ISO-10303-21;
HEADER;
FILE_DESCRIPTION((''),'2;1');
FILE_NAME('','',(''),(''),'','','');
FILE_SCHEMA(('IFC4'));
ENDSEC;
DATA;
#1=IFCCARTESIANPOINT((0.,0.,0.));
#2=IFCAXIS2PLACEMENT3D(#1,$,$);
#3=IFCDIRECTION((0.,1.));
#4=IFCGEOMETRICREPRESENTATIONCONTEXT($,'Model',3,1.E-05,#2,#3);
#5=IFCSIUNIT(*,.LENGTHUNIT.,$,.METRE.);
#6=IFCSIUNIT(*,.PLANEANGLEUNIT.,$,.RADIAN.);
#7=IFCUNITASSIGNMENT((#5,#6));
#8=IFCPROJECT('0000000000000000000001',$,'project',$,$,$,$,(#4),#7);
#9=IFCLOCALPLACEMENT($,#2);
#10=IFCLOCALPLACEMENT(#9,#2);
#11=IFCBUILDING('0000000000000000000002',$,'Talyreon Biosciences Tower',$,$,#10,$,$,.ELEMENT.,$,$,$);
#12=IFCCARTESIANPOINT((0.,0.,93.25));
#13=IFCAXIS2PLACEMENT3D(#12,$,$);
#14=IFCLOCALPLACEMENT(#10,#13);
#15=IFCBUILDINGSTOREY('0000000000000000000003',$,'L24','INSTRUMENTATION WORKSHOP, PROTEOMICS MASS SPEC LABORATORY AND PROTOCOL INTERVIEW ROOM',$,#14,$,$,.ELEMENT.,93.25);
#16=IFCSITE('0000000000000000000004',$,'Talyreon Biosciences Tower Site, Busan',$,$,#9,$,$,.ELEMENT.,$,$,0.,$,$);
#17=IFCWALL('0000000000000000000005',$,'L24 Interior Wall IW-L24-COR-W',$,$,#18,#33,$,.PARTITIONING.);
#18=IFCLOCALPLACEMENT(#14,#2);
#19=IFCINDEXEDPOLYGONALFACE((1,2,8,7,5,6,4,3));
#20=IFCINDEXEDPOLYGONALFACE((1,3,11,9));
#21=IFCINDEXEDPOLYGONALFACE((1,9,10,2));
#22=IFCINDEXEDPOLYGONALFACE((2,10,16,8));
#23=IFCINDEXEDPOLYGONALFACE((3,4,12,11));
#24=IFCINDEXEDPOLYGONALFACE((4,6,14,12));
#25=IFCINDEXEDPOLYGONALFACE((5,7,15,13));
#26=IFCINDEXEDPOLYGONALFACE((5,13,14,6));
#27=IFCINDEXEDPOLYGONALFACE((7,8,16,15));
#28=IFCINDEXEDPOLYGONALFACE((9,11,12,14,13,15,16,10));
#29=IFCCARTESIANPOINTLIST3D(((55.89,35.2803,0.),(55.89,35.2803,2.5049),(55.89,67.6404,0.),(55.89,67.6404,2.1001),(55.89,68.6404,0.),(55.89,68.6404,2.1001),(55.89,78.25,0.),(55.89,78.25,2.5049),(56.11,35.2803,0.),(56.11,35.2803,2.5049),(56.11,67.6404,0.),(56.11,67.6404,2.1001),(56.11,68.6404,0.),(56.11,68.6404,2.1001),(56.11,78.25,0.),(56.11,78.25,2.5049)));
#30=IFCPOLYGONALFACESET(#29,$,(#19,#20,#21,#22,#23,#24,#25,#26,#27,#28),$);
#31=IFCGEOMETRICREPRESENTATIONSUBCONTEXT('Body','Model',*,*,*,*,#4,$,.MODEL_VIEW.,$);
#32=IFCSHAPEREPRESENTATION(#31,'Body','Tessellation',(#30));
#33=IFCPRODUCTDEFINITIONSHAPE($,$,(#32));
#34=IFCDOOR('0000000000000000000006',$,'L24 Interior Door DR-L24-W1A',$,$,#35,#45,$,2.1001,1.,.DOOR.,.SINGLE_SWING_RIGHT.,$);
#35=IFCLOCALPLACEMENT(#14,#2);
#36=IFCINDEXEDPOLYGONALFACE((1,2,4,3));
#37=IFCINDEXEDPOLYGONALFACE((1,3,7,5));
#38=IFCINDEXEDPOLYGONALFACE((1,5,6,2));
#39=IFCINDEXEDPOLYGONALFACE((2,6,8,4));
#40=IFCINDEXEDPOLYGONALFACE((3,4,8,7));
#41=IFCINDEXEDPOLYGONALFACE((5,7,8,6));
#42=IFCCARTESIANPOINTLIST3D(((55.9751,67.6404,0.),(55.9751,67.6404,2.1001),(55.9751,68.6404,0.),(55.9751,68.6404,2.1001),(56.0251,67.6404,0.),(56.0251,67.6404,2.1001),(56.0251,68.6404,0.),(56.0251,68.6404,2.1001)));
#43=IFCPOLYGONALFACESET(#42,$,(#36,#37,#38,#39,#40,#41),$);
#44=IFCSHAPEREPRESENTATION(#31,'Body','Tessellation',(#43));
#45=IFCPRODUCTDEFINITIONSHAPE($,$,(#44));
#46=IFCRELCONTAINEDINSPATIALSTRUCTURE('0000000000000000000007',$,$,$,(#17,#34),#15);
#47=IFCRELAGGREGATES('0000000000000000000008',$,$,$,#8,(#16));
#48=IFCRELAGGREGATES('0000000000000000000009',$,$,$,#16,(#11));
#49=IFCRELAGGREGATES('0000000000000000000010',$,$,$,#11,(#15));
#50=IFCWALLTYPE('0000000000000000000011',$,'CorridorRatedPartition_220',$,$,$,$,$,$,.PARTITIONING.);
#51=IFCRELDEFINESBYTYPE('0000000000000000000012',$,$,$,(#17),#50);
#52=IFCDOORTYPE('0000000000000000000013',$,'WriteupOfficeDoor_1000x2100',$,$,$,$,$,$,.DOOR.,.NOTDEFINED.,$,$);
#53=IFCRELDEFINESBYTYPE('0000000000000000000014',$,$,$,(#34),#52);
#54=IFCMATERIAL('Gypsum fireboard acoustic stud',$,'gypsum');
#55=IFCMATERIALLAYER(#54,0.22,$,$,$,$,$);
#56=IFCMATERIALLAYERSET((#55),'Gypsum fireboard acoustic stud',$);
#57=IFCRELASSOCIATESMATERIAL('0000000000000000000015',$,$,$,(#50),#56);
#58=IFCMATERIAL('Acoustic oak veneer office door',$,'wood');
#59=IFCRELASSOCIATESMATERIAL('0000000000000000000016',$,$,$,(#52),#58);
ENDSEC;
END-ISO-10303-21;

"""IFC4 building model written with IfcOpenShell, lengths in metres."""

from ifc_helpers import new_model, si_unit, direction, frame, frame_2d, origin, place, context, subcontext, project, spatial, rectangle, extrude, material, layer, layer_set, type_object, element, fill, save


model = new_model("IFC4")

# Units and contexts
model_context = context("Model", 3, precision=1e-05, world=origin(), true_north=direction((0.0, 1.0)))
body_context = subcontext(model_context, "Body", "Model", "MODEL_VIEW")
ifc_project = project(units=[si_unit("LENGTHUNIT", "METRE"), si_unit("PLANEANGLEUNIT", "RADIAN")], contexts=[model_context])

# Site, building, storey
site_placement = place(None, origin())
site = spatial("IfcSite", under=ifc_project, at=site_placement, Name="Talyreon Biosciences Tower Site, Busan", CompositionType="ELEMENT", RefElevation=0.0)
building_placement = place(site_placement, origin())
building = spatial("IfcBuilding", under=site, at=building_placement, Name="Talyreon Biosciences Tower", CompositionType="ELEMENT")
storey_placement = place(building_placement, frame((0.0, 0.0, 93.25)))
storey = spatial("IfcBuildingStorey", under=building, at=storey_placement, Name="L24", Description="INSTRUMENTATION WORKSHOP, PROTEOMICS MASS SPEC LABORATORY AND PROTOCOL INTERVIEW ROOM", CompositionType="ELEMENT", Elevation=93.25)

# Wall, opening, door
ifc_material_1 = material(Name="Gypsum fireboard acoustic stud", Category="gypsum")
ifc_layer_1 = layer(ifc_material_1, 0.22)
ifc_layer_set_1 = layer_set([ifc_layer_1], Name="Gypsum fireboard acoustic stud")
wall_type = type_object("IfcWallType", Name="CorridorRatedPartition_220", PredefinedType="PARTITIONING", material=ifc_layer_set_1)
wall_placement = place(storey_placement, frame((56.0, 35.2803, 0.0), z_axis=(0.0, 0.0, 1.0), x_axis=(0.0, 1.0, 0.0)))
wall = element("IfcWall", 1, at=wall_placement, inside=storey, type_object=wall_type, Name="L24 Interior Wall IW-L24-COR-W", PredefinedType="PARTITIONING", context=body_context, shape_type="SweptSolid", body=[
    extrude(rectangle(XDim=42.9697, YDim=0.22, at=frame_2d((21.4849, 0.0))), origin(), (0.0, 0.0, 1.0), 2.5049),
])
opening_placement = place(wall_placement, frame((32.3601, 0.0, 0.0)))
opening = element("IfcOpeningElement", 2, at=opening_placement, cuts=wall, PredefinedType="OPENING", context=body_context, shape_type="SweptSolid", body=[
    extrude(rectangle(XDim=1.0, YDim=2.1001, at=frame_2d((0.5, 1.05))), frame((0.0, 0.1199, 0.0), z_axis=(0.0, -1.0, 0.0), x_axis=(1.0, 0.0, 0.0)), (0.0, 0.0, 1.0), 0.24),
])
ifc_material_2 = material(Name="Acoustic oak veneer office door", Category="wood")
door_type = type_object("IfcDoorType", Name="WriteupOfficeDoor_1000x2100", OperationType="NOTDEFINED", PredefinedType="DOOR", material=ifc_material_2)
door_placement = place(opening_placement, origin())
door = element("IfcDoor", 3, at=door_placement, inside=storey, type_object=door_type, Name="L24 Interior Door DR-L24-W1A", OperationType="SINGLE_SWING_RIGHT", OverallHeight=2.1001, OverallWidth=1.0, PredefinedType="DOOR", context=body_context, shape_type="SweptSolid", body=[
    extrude(rectangle(XDim=1.0, YDim=2.1001, at=frame_2d((0.5, 1.05))), frame((0.0, 0.0249, 0.0), z_axis=(0.0, -1.0, 0.0), x_axis=(1.0, 0.0, 0.0)), (0.0, 0.0, 1.0), 0.05),
])
fill(opening, door)

save(model, "model.ifc")
